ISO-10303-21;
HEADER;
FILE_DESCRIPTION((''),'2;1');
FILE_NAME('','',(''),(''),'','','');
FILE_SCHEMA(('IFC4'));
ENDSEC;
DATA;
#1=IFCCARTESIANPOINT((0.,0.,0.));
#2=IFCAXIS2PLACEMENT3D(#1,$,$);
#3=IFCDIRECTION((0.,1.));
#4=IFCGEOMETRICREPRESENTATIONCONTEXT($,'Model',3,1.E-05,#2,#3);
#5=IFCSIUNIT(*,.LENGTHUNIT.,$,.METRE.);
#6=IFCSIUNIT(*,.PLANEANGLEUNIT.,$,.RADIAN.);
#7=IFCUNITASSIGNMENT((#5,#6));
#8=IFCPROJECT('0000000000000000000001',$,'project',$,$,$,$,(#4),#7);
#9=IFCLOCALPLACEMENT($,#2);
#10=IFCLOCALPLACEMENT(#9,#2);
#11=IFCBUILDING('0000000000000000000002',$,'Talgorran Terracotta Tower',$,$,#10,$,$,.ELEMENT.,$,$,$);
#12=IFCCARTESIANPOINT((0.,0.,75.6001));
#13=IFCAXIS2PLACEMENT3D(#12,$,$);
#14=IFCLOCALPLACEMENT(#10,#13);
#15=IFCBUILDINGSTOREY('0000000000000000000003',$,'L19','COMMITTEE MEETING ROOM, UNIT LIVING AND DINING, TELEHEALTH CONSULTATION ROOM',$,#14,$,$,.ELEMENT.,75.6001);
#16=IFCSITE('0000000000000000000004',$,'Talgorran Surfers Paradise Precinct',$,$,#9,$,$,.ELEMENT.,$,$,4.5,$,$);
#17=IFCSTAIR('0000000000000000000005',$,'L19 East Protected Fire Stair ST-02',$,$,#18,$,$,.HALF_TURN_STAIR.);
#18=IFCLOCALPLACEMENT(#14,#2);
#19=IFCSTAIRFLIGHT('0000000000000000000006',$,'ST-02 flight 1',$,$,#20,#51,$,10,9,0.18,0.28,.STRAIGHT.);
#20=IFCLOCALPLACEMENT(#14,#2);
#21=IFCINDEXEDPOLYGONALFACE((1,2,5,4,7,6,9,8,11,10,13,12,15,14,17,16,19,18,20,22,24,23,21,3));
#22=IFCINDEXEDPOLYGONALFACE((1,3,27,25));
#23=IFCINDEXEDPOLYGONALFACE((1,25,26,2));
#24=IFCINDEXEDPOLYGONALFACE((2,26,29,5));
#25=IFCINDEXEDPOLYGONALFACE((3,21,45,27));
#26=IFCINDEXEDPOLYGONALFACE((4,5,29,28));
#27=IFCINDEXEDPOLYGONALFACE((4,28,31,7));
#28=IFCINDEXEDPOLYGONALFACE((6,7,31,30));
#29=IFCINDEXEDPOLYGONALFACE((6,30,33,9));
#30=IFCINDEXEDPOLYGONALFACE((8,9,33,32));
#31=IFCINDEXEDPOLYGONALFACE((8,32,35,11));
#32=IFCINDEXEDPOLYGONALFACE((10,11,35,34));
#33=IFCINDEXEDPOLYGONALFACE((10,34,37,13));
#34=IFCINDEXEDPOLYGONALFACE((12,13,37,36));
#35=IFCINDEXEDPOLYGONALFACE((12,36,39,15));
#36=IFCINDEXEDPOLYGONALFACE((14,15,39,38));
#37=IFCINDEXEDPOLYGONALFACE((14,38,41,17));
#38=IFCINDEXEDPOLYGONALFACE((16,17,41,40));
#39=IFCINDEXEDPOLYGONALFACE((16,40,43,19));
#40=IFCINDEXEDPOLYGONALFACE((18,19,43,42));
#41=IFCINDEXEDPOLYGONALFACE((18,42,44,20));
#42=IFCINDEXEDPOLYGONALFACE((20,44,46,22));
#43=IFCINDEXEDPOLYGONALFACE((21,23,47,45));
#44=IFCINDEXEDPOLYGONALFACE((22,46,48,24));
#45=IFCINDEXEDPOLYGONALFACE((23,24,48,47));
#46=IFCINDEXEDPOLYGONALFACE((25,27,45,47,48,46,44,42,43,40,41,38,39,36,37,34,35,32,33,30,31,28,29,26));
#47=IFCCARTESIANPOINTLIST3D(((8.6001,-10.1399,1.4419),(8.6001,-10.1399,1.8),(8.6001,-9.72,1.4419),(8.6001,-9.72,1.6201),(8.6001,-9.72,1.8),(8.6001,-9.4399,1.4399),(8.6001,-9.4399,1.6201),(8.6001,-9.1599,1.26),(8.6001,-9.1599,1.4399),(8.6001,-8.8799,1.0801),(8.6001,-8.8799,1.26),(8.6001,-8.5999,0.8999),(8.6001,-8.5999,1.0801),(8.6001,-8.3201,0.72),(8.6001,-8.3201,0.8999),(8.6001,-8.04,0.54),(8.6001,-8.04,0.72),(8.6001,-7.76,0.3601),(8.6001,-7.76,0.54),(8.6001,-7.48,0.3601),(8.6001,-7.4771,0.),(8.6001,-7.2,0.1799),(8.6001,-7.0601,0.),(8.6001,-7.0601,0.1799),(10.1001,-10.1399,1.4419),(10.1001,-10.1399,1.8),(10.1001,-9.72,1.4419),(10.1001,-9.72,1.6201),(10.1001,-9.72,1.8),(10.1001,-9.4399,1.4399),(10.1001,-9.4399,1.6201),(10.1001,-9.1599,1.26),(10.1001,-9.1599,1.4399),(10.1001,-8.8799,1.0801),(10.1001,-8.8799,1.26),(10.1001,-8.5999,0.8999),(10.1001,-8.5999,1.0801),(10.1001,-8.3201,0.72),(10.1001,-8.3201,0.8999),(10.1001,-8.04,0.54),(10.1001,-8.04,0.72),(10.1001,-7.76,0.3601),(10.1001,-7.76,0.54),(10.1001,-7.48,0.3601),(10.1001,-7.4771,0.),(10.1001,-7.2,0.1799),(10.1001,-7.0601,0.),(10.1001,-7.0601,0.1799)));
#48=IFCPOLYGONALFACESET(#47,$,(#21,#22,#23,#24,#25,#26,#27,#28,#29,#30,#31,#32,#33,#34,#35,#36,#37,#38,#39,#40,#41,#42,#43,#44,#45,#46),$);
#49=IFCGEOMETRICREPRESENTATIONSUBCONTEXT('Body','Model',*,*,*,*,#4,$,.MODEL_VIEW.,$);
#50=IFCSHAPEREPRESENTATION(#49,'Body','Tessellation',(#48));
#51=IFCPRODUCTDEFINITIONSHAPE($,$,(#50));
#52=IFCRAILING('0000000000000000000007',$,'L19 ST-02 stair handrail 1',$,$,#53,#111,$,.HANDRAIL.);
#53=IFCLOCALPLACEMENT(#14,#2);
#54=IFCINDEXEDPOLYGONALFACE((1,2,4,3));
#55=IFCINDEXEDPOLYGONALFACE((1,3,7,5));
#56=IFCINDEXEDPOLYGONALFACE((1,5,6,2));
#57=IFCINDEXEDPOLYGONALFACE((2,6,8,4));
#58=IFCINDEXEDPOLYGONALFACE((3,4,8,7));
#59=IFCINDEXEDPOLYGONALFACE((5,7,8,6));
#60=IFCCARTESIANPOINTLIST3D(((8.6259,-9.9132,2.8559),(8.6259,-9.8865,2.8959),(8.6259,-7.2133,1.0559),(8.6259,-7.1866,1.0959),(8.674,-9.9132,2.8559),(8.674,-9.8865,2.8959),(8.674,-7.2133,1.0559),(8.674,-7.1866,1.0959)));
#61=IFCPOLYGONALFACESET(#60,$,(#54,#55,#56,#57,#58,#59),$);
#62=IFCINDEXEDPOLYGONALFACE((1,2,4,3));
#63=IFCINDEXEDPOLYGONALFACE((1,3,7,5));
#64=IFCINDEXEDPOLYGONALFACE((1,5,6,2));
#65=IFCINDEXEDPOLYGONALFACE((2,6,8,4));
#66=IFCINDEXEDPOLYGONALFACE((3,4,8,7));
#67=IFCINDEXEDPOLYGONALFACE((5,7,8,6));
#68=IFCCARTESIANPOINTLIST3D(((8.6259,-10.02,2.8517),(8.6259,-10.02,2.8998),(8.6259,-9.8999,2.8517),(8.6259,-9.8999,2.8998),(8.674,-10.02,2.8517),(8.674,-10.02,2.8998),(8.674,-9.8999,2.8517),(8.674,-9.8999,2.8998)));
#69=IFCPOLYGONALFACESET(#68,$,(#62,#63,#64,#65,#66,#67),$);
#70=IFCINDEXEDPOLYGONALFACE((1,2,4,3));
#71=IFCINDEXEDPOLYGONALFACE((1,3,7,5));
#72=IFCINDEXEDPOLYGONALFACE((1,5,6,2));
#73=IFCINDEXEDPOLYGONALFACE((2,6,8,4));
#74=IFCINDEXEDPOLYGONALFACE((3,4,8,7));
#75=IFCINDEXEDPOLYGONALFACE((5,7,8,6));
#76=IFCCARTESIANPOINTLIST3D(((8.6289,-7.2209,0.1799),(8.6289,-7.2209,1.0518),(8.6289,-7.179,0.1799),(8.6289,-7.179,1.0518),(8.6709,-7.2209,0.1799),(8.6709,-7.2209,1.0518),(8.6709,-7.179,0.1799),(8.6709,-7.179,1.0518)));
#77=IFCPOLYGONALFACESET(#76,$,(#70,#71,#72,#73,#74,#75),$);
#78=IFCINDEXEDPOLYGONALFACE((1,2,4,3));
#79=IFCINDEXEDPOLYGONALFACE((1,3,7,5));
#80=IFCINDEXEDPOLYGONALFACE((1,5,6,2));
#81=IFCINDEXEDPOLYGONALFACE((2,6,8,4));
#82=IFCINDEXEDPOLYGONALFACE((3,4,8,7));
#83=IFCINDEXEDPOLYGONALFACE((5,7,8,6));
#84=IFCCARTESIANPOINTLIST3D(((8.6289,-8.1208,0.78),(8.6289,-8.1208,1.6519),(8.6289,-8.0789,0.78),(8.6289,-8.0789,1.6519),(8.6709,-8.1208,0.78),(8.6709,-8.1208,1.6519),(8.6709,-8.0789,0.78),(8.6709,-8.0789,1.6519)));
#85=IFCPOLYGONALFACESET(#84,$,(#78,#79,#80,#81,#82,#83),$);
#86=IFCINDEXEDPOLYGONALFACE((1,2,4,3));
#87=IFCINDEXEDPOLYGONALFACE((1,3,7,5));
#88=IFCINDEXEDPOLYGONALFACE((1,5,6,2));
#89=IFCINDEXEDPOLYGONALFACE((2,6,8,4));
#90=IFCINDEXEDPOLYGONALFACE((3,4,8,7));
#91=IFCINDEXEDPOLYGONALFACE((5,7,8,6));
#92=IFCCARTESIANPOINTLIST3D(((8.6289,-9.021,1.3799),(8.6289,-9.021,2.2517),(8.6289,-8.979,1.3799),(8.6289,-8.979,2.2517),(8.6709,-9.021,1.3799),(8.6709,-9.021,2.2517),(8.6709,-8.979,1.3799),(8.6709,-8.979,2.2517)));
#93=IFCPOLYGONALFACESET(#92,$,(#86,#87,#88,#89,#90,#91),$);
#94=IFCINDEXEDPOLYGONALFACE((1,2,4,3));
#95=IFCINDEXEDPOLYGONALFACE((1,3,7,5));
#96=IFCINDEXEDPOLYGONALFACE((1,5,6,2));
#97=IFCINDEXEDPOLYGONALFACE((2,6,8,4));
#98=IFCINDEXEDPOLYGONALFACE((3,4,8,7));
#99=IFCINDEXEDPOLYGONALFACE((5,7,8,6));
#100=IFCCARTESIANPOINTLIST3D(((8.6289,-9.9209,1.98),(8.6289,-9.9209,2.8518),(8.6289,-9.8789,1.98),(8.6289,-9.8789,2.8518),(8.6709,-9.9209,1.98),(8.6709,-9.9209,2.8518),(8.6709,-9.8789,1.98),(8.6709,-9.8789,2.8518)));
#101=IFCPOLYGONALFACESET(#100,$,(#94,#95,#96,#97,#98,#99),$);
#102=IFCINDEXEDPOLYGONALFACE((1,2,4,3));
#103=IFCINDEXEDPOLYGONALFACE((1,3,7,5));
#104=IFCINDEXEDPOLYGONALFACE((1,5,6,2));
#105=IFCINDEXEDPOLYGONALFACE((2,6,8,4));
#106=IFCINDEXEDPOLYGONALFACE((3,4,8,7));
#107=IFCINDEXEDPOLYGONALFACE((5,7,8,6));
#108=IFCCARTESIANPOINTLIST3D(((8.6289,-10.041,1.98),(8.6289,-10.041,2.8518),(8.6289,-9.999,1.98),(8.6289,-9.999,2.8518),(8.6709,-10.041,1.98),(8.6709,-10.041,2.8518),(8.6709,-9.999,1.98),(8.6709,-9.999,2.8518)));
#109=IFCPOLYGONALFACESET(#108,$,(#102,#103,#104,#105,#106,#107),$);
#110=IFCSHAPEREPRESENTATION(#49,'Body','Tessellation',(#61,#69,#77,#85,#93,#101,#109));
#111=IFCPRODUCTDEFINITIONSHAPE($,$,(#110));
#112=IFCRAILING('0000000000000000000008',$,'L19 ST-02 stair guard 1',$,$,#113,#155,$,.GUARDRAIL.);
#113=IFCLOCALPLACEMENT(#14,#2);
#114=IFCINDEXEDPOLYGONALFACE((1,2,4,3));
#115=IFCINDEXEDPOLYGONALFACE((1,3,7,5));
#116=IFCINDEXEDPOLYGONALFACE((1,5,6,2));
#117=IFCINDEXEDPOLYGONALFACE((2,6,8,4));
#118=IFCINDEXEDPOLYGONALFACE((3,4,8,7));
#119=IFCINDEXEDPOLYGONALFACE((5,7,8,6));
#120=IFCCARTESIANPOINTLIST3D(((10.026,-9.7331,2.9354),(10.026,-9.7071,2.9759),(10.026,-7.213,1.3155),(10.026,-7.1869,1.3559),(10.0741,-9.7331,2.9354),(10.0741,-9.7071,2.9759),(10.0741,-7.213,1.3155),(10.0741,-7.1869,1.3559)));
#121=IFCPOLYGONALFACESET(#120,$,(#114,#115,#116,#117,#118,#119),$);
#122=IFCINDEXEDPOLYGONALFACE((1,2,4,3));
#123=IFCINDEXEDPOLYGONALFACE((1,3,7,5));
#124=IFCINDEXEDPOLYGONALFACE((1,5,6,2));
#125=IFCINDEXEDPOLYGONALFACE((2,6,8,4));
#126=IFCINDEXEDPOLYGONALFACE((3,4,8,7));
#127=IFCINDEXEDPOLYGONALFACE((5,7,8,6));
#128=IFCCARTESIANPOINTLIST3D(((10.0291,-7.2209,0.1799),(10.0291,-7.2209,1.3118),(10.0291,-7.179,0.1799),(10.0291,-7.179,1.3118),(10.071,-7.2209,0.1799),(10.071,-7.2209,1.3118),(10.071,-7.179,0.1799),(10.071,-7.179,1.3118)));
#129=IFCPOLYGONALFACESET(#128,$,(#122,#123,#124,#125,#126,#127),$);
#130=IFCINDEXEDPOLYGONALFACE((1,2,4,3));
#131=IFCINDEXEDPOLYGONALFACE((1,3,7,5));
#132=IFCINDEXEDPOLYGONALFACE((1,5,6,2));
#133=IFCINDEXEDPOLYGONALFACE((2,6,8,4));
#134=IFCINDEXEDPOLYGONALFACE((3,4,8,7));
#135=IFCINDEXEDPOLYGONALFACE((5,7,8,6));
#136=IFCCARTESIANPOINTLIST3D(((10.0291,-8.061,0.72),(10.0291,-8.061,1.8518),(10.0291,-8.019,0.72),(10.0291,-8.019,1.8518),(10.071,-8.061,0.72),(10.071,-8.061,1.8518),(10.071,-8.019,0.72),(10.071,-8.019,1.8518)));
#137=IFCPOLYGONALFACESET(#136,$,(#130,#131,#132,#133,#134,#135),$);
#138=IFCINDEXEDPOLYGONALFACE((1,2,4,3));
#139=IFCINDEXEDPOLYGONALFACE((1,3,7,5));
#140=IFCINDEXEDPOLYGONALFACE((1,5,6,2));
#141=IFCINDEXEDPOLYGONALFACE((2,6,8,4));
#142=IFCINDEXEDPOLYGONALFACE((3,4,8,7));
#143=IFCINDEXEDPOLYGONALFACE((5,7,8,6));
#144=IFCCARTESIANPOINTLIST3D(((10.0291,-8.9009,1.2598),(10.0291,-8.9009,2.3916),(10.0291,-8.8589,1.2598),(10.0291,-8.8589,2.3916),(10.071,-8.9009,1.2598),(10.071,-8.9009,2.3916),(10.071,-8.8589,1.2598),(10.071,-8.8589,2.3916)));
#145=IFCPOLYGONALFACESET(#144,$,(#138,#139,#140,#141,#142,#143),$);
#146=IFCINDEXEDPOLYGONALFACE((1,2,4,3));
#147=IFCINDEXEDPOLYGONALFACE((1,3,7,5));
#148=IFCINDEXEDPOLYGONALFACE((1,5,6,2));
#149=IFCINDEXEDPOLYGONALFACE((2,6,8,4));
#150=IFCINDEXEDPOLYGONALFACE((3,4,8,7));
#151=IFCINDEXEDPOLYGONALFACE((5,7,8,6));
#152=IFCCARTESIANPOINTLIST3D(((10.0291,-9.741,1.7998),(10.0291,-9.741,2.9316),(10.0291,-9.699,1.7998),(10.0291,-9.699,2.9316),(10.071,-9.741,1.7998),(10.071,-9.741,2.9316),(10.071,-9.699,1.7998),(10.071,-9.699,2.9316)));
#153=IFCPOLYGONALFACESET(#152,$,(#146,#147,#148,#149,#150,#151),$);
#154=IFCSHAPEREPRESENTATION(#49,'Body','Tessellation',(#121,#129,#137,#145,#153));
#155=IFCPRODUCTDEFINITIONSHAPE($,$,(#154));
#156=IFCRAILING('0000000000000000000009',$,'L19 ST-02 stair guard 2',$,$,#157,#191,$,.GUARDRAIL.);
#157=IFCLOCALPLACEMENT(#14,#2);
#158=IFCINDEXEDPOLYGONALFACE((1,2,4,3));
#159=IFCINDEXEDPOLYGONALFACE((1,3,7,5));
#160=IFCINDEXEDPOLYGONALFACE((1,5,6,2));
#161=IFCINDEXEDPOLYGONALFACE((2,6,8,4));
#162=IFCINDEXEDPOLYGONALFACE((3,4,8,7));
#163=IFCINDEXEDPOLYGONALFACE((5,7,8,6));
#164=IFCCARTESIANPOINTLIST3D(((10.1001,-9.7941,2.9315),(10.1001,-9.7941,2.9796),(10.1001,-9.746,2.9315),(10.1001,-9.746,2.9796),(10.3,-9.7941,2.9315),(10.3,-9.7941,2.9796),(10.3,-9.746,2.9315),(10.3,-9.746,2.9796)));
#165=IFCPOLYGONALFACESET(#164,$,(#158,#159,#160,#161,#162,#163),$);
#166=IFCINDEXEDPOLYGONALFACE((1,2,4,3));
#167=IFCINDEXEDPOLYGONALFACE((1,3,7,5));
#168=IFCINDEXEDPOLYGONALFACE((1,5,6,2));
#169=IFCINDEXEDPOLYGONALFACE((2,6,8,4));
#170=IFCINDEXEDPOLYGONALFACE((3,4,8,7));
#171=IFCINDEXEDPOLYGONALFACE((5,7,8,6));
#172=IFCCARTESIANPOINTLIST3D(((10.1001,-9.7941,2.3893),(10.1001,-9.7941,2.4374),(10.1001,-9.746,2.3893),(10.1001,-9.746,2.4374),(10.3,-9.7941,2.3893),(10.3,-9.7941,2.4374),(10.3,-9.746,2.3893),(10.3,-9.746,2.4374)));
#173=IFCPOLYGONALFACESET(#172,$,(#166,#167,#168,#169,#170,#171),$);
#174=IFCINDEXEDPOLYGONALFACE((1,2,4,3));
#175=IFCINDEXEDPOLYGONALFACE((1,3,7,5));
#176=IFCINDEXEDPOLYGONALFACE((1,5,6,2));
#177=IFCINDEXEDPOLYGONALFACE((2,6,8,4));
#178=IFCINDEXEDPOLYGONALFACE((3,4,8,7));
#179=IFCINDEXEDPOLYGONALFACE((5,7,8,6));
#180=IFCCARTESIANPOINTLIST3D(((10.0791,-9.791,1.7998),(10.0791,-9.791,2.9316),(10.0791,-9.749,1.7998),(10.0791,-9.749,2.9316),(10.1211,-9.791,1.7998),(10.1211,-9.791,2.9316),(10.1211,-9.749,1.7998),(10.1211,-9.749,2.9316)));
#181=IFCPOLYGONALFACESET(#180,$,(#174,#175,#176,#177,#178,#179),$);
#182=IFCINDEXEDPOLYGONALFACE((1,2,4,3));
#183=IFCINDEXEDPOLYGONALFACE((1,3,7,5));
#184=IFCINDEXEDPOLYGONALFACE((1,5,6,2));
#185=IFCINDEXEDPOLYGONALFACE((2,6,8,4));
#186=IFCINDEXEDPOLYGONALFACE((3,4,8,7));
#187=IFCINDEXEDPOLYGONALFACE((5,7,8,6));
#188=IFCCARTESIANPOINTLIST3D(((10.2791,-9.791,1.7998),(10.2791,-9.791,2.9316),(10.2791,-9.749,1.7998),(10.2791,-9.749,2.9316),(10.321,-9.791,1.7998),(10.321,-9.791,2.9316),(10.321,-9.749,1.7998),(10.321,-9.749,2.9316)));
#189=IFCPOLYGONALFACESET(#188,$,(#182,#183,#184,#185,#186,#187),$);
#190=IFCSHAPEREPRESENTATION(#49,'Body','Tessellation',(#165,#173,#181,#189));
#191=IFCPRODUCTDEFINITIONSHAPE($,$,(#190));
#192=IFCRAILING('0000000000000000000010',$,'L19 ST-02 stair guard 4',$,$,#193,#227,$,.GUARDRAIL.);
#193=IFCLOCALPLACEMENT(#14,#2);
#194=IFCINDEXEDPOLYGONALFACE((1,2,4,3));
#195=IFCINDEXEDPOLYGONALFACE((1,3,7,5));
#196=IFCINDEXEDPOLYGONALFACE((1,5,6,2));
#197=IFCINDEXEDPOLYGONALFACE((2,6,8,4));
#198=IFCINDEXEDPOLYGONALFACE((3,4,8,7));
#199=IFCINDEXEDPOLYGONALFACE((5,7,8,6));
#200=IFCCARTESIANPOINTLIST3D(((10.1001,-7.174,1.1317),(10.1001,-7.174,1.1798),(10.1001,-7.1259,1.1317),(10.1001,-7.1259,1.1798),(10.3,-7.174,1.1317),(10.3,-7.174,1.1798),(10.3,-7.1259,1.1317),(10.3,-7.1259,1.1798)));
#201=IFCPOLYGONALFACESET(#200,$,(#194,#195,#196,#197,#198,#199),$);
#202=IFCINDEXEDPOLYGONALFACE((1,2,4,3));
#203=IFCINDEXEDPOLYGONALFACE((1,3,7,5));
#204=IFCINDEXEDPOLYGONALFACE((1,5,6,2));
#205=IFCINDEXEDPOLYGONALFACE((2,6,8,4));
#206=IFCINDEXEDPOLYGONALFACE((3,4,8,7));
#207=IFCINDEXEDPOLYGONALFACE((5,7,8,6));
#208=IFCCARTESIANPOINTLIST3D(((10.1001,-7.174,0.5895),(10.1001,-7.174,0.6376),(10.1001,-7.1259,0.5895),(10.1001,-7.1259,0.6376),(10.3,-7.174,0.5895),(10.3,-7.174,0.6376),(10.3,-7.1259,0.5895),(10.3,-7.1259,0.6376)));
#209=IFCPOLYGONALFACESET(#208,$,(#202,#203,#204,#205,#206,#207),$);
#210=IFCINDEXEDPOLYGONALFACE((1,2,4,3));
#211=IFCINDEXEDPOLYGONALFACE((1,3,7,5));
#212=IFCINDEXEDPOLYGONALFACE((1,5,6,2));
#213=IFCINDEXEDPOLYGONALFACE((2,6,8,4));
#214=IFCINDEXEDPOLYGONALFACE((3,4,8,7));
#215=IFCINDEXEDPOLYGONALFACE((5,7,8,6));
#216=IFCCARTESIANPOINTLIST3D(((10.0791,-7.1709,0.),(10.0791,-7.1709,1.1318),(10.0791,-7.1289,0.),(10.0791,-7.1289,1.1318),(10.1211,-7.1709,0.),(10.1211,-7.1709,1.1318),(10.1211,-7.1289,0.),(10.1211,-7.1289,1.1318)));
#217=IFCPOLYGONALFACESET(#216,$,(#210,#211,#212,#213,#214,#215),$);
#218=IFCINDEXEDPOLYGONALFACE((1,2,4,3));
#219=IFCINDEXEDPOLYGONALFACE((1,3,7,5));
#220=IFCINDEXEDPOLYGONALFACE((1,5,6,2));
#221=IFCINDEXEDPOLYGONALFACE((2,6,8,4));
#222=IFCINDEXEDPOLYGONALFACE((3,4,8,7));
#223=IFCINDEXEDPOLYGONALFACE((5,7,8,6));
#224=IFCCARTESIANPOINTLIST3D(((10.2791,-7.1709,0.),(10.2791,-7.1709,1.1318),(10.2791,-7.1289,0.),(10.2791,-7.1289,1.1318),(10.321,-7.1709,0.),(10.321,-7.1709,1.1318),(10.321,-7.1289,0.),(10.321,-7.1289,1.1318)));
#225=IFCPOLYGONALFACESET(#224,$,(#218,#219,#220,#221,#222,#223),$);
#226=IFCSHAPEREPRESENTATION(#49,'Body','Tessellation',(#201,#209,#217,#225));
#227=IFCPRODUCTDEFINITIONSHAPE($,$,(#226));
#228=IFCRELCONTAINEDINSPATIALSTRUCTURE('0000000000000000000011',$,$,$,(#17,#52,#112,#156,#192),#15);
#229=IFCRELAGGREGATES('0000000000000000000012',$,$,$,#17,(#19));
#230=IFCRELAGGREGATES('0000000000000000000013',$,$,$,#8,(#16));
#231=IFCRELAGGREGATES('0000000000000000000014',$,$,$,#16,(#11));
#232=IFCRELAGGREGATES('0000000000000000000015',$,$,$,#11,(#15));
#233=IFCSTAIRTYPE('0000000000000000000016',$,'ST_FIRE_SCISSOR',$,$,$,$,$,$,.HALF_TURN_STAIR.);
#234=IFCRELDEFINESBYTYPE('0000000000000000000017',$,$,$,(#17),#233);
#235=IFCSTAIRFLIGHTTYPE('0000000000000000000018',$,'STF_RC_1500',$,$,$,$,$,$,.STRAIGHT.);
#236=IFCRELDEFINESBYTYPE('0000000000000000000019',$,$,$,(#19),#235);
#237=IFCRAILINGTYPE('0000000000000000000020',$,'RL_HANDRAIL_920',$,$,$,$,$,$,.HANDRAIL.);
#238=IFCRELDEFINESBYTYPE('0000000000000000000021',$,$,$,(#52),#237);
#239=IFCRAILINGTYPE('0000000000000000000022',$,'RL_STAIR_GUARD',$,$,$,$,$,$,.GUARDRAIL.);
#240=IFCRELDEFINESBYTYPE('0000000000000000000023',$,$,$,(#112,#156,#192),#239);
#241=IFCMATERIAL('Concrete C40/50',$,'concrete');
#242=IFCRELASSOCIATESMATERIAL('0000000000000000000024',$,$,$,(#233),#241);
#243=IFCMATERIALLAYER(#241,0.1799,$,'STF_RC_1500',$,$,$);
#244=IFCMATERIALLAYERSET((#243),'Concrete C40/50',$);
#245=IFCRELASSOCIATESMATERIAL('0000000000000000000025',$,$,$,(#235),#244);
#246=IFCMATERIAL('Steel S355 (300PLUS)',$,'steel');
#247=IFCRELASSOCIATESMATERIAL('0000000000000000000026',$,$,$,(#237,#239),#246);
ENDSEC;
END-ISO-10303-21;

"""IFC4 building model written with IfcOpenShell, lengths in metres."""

from ifc_helpers import new_model, si_unit, direction, frame, origin, origin_2d, place, context, subcontext, project, spatial, polyline, rectangle, outline, extrude, material, layer, layer_set, type_object, element, aggregate, save


model = new_model("IFC4")

# Units and contexts
model_context = context("Model", 3, precision=1e-05, world=origin(), true_north=direction((0.0, 1.0)))
body_context = subcontext(model_context, "Body", "Model", "MODEL_VIEW")
ifc_project = project(units=[si_unit("LENGTHUNIT", "METRE"), si_unit("PLANEANGLEUNIT", "RADIAN")], contexts=[model_context])

# Site, building, storey
site_placement = place(None, origin())
site = spatial("IfcSite", under=ifc_project, at=site_placement, Name="Talgorran Surfers Paradise Precinct", CompositionType="ELEMENT", RefElevation=4.5)
building_placement = place(site_placement, origin())
building = spatial("IfcBuilding", under=site, at=building_placement, Name="Talgorran Terracotta Tower", CompositionType="ELEMENT")
storey_placement = place(building_placement, frame((0.0, 0.0, 75.6001)))
storey = spatial("IfcBuildingStorey", under=building, at=storey_placement, Name="L19", Description="COMMITTEE MEETING ROOM, UNIT LIVING AND DINING, TELEHEALTH CONSULTATION ROOM", CompositionType="ELEMENT", Elevation=75.6001)

# Shared definitions
ifc_material_1 = material(Name="Steel S355 (300PLUS)", Category="steel")

# Stair, stair flight
ifc_material_2 = material(Name="Concrete C40/50", Category="concrete")
stair_type = type_object("IfcStairType", Name="ST_FIRE_SCISSOR", PredefinedType="HALF_TURN_STAIR", material=ifc_material_2)
stair_placement = place(storey_placement, origin())
stair = element("IfcStair", 1, at=stair_placement, inside=storey, type_object=stair_type, Name="L19 East Protected Fire Stair ST-02", PredefinedType="HALF_TURN_STAIR")
ifc_layer_1 = layer(ifc_material_2, 0.1799, Name="STF_RC_1500")
ifc_layer_set_1 = layer_set([ifc_layer_1], Name="Concrete C40/50")
stair_flight_type = type_object("IfcStairFlightType", Name="STF_RC_1500", PredefinedType="STRAIGHT", material=ifc_layer_set_1)
stair_flight_placement = place(storey_placement, frame((9.3501, -7.2, 0.0), z_axis=(0.0, 0.0, 1.0), x_axis=(0.0, -1.0, 0.0)))
stair_flight = element("IfcStairFlight", 2, at=stair_flight_placement, type_object=stair_flight_type, Name="ST-02 flight 1", NumberOfRisers=10, NumberOfTreads=9, PredefinedType="STRAIGHT", RiserHeight=0.18, TreadLength=0.28, context=body_context, shape_type="SweptSolid", body=[
    extrude(outline(polyline([(-0.1399, 0.0), (-0.1399, 0.1799), (0.0, 0.1799), (0.28, 0.3601), (0.5601, 0.3601), (0.5601, 0.54), (0.8401, 0.54), (0.8401, 0.72), (1.1201, 0.72), (1.1201, 0.8999), (1.3999, 0.8999), (1.3999, 1.0801), (1.6799, 1.0801), (1.6799, 1.26), (1.96, 1.26), (1.96, 1.4399), (2.24, 1.4399), (2.24, 1.6201), (2.52, 1.6201), (2.52, 1.8), (2.9399, 1.8), (2.9399, 1.4419), (2.52, 1.4419), (0.2771, 0.0), (-0.1399, 0.0)])), frame((0.0, 0.75, 0.0), z_axis=(0.0, -1.0, 0.0), x_axis=(1.0, 0.0, 0.0)), (0.0, 0.0, 1.0), 1.5),
])
aggregate(stair, [stair_flight])

# Railings
railing_type_1 = type_object("IfcRailingType", Name="RL_HANDRAIL_920", PredefinedType="HANDRAIL", material=ifc_material_1)
railing_1_placement = place(storey_placement, frame((8.6499, -7.2, 0.1799)))
element("IfcRailing", 3, at=railing_1_placement, inside=storey, type_object=railing_type_1, Name="L19 ST-02 stair handrail 1", PredefinedType="HANDRAIL", context=body_context, shape_type="SweptSolid", body=[
    extrude(rectangle(XDim=0.0481, YDim=0.0481, at=origin_2d()), frame((0.0, 0.0, 0.896), z_axis=(0.0, -0.832039, 0.554718), x_axis=(1.0, 0.0, 0.0)), (0.0, 0.0, 1.0), 3.2449),
    extrude(rectangle(XDim=0.0481, YDim=0.0481, at=origin_2d()), frame((0.0, -2.7, 2.6958), z_axis=(0.0, -1.0, 0.0), x_axis=(1.0, 0.0, 0.0)), (0.0, 0.0, 1.0), 0.1201),
    extrude(rectangle(XDim=0.042, YDim=0.042, at=origin_2d()), origin(), (0.0, 0.0, 1.0), 0.8718),
    extrude(rectangle(XDim=0.042, YDim=0.042, at=origin_2d()), frame((0.0, -0.8999, 0.6001)), (0.0, 0.0, 1.0), 0.8718),
    extrude(rectangle(XDim=0.042, YDim=0.042, at=origin_2d()), frame((0.0, -1.8, 1.2)), (0.0, 0.0, 1.0), 0.8718),
    extrude(rectangle(XDim=0.042, YDim=0.042, at=origin_2d()), frame((0.0, -2.7, 1.8)), (0.0, 0.0, 1.0), 0.8718),
    extrude(rectangle(XDim=0.042, YDim=0.042, at=origin_2d()), frame((0.0, -2.8201, 1.8)), (0.0, 0.0, 1.0), 0.8718),
])
railing_type_2 = type_object("IfcRailingType", Name="RL_STAIR_GUARD", PredefinedType="GUARDRAIL", material=ifc_material_1)
railing_2_placement = place(storey_placement, frame((10.05, -7.2, 0.1799)))
element("IfcRailing", 4, at=railing_2_placement, inside=storey, type_object=railing_type_2, Name="L19 ST-02 stair guard 1", PredefinedType="GUARDRAIL", context=body_context, shape_type="SweptSolid", body=[
    extrude(rectangle(XDim=0.0481, YDim=0.0481, at=origin_2d()), frame((0.0, 0.0, 1.1558), z_axis=(0.0, -0.8412, 0.540725), x_axis=(1.0, 0.0, 0.0)), (0.0, 0.0, 1.0), 2.9958),
    extrude(rectangle(XDim=0.042, YDim=0.042, at=origin_2d()), origin(), (0.0, 0.0, 1.0), 1.1318),
    extrude(rectangle(XDim=0.042, YDim=0.042, at=origin_2d()), frame((0.0, -0.8401, 0.54)), (0.0, 0.0, 1.0), 1.1318),
    extrude(rectangle(XDim=0.042, YDim=0.042, at=origin_2d()), frame((0.0, -1.6799, 1.0798)), (0.0, 0.0, 1.0), 1.1318),
    extrude(rectangle(XDim=0.042, YDim=0.042, at=origin_2d()), frame((0.0, -2.52, 1.6199)), (0.0, 0.0, 1.0), 1.1318),
])
for number, where, name in (
    (5, (10.1001, -9.77, 1.7998), "L19 ST-02 stair guard 2"),
    (6, (10.1001, -7.1499, 0.0), "L19 ST-02 stair guard 4"),
):
    element("IfcRailing", number, at=place(storey_placement, frame(where)), inside=storey, type_object=railing_type_2, Name=name, PredefinedType="GUARDRAIL", context=body_context, shape_type="SweptSolid", body=[
        extrude(rectangle(XDim=0.0481, YDim=0.0481, at=origin_2d()), frame((0.0, 0.0, 1.1558), z_axis=(1.0, 0.0, 0.0), x_axis=(0.0, 1.0, 0.0)), (0.0, 0.0, 1.0), 0.2),
        extrude(rectangle(XDim=0.0481, YDim=0.0481, at=origin_2d()), frame((0.0, 0.0, 0.6135), z_axis=(1.0, 0.0, 0.0), x_axis=(0.0, 1.0, 0.0)), (0.0, 0.0, 1.0), 0.2),
        extrude(rectangle(XDim=0.042, YDim=0.042, at=origin_2d()), origin(), (0.0, 0.0, 1.0), 1.1318),
        extrude(rectangle(XDim=0.042, YDim=0.042, at=origin_2d()), frame((0.2, 0.0, 0.0)), (0.0, 0.0, 1.0), 1.1318),
    ])

save(model, "model.ifc")
